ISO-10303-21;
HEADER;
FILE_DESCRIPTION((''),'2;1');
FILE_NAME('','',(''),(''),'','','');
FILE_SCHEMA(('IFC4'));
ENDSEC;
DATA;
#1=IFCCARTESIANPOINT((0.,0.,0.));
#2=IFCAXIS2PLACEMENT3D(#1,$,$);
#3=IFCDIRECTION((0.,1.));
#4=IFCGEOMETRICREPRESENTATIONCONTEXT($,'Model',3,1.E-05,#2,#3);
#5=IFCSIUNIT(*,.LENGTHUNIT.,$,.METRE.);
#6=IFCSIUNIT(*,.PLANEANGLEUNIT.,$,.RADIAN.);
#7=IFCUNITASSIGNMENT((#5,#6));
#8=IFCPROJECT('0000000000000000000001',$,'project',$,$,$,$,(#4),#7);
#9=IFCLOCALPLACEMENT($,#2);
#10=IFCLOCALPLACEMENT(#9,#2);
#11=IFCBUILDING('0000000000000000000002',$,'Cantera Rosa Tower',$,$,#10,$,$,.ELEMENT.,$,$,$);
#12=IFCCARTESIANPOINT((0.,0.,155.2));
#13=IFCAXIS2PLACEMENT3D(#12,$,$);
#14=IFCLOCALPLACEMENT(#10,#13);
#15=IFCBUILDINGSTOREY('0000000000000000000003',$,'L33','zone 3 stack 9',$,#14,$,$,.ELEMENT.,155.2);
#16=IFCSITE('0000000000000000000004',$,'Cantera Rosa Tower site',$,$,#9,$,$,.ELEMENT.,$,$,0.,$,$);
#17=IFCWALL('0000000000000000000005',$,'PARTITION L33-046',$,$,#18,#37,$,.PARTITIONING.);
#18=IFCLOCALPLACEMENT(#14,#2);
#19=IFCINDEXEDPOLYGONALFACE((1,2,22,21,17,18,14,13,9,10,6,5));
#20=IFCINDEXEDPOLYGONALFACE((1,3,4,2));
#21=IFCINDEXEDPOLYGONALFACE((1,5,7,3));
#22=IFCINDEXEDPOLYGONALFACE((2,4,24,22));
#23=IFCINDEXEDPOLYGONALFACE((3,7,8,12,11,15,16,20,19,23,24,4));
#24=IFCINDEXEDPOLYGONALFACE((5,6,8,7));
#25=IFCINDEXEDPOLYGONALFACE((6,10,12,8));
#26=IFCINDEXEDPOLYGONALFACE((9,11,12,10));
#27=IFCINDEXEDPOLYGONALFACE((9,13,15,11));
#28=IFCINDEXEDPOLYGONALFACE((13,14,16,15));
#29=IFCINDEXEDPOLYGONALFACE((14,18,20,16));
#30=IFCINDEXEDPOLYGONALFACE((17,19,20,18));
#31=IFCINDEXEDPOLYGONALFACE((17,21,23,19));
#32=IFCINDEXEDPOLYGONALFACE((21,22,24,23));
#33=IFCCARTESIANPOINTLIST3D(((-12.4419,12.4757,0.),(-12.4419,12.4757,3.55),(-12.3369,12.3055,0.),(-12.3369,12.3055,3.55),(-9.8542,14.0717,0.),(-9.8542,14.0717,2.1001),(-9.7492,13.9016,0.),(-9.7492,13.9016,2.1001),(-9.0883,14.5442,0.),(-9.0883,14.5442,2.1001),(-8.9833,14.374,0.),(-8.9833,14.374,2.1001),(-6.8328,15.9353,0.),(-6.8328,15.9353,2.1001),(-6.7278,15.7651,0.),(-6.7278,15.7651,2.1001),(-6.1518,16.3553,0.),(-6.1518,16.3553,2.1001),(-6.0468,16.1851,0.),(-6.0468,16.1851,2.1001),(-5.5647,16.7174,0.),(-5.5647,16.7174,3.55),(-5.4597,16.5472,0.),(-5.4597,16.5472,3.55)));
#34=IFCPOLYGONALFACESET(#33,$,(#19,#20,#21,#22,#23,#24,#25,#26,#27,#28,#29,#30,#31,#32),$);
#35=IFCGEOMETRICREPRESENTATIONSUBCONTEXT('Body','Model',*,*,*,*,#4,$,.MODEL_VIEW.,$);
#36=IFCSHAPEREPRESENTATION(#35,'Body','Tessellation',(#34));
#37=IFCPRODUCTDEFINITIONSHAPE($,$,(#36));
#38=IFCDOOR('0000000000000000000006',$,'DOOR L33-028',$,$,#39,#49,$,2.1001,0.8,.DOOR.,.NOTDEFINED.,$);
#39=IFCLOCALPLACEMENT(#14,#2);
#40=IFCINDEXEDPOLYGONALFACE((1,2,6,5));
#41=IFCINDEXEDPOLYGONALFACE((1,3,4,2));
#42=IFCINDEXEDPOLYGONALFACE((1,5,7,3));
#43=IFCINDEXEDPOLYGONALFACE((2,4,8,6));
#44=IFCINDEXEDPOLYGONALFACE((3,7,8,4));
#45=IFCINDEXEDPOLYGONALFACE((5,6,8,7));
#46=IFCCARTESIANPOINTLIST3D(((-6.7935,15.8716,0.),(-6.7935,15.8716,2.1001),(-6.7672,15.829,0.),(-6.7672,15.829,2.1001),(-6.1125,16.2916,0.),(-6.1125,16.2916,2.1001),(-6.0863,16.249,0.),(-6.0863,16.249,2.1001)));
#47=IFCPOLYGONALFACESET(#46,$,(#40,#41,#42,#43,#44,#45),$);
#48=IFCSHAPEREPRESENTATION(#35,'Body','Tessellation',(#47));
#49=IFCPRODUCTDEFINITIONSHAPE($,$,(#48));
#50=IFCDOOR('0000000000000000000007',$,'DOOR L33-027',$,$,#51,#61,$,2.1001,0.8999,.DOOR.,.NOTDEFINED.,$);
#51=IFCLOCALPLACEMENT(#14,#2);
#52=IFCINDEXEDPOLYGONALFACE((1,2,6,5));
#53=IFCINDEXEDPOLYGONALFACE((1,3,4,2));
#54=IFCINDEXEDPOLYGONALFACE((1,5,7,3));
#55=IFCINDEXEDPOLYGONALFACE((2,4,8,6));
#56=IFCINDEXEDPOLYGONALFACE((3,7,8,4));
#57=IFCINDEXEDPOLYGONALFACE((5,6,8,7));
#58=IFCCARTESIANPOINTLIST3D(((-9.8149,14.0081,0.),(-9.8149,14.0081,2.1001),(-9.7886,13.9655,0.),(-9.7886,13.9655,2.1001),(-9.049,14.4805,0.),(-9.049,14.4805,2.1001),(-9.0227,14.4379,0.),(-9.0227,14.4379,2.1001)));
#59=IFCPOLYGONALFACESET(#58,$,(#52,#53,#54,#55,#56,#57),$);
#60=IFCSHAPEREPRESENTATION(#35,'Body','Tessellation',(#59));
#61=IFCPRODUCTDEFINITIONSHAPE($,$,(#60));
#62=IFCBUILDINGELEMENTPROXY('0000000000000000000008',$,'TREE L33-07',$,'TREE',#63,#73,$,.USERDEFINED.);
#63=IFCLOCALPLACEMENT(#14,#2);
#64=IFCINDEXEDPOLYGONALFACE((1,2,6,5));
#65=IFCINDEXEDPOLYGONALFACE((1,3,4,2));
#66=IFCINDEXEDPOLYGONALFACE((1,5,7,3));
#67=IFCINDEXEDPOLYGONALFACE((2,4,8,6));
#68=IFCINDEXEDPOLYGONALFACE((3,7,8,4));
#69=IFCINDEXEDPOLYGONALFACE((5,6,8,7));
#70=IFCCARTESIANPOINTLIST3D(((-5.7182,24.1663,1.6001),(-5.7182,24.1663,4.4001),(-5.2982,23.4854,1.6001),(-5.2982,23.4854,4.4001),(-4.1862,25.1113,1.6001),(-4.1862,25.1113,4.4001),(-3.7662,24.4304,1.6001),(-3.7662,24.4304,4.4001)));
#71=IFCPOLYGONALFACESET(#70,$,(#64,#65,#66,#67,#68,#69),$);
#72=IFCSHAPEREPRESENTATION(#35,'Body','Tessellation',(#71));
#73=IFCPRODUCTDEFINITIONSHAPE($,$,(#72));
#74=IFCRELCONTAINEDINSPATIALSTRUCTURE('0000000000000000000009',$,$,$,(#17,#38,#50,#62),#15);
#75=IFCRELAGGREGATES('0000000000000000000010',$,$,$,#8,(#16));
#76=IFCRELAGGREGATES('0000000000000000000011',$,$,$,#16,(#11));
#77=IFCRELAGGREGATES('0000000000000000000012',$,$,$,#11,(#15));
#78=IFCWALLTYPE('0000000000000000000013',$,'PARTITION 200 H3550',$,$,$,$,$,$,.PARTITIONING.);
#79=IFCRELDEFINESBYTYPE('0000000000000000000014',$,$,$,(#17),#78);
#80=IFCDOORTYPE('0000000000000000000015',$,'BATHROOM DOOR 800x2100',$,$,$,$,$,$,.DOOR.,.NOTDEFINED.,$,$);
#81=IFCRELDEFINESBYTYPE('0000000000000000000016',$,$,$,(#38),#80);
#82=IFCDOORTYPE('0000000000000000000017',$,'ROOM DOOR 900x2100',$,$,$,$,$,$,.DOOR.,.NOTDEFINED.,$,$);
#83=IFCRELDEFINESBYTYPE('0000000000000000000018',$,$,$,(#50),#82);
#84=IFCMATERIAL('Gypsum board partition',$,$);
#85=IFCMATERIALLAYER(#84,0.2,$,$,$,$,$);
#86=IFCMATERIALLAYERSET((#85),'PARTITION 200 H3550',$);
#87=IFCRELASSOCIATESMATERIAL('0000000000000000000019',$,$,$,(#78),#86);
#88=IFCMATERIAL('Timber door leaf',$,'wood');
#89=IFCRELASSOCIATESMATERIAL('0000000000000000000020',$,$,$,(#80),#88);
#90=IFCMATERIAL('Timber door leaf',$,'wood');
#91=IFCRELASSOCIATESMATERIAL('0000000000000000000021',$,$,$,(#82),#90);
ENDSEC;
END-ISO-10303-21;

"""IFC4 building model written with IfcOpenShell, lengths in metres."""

from ifc_helpers import new_model, si_unit, direction, frame, frame_2d, origin, origin_2d, place, context, subcontext, project, spatial, rectangle, extrude, material, layer, layer_set, type_object, element, fill, save


model = new_model("IFC4")

# Units and contexts
model_context = context("Model", 3, precision=1e-05, world=origin(), true_north=direction((0.0, 1.0)))
body_context = subcontext(model_context, "Body", "Model", "MODEL_VIEW")
ifc_project = project(units=[si_unit("LENGTHUNIT", "METRE"), si_unit("PLANEANGLEUNIT", "RADIAN")], contexts=[model_context])

# Site, building, storey
site_placement = place(None, origin())
site = spatial("IfcSite", under=ifc_project, at=site_placement, Name="Cantera Rosa Tower site", CompositionType="ELEMENT", RefElevation=0.0)
building_placement = place(site_placement, origin())
building = spatial("IfcBuilding", under=site, at=building_placement, Name="Cantera Rosa Tower", CompositionType="ELEMENT")
storey_placement = place(building_placement, frame((0.0, 0.0, 155.2)))
storey = spatial("IfcBuildingStorey", under=building, at=storey_placement, Name="L33", Description="zone 3 stack 9", CompositionType="ELEMENT", Elevation=155.2)

# Shared definitions
ifc_material_1 = material(Name="Gypsum board partition")
ifc_layer_1 = layer(ifc_material_1, 0.2)
ifc_layer_set_1 = layer_set([ifc_layer_1], Name="PARTITION 200 H3550")
wall_type_1 = type_object("IfcWallType", Name="PARTITION 200 H3550", PredefinedType="PARTITIONING", material=ifc_layer_set_1)

# Wall, openings, doors
wall_1_placement = place(storey_placement, frame((-5.5122, 16.6323, 0.0), z_axis=(0.0, 0.0, 1.0), x_axis=(-0.851129, -0.524957, 0.0)))
wall_1 = element("IfcWall", 1, at=wall_1_placement, inside=storey, type_object=wall_type_1, Name="PARTITION L33-046", PredefinedType="PARTITIONING", context=body_context, shape_type="SweptSolid", body=[
    extrude(rectangle(XDim=8.0801, YDim=0.2, at=frame_2d((4.04, 0.0))), origin(), (0.0, 0.0, 1.0), 3.55),
])
opening_1_placement = place(wall_1_placement, frame((4.1399, 0.0, 0.0)))
opening_1 = element("IfcOpeningElement", 2, at=opening_1_placement, cuts=wall_1, PredefinedType="OPENING", context=body_context, shape_type="SweptSolid", body=[
    extrude(rectangle(XDim=0.8999, YDim=2.1001, at=frame_2d((0.45, 1.05))), frame((0.0, 0.1099, 0.0), z_axis=(0.0, -1.0, 0.0), x_axis=(1.0, 0.0, 0.0)), (0.0, 0.0, 1.0), 0.22),
])
opening_2_placement = place(wall_1_placement, frame((0.6899, 0.0, 0.0)))
opening_2 = element("IfcOpeningElement", 3, at=opening_2_placement, cuts=wall_1, PredefinedType="OPENING", context=body_context, shape_type="SweptSolid", body=[
    extrude(rectangle(XDim=0.8, YDim=2.1001, at=frame_2d((0.3999, 1.05))), frame((0.0, 0.1099, 0.0), z_axis=(0.0, -1.0, 0.0), x_axis=(1.0, 0.0, 0.0)), (0.0, 0.0, 1.0), 0.22),
])
ifc_material_2 = material(Name="Timber door leaf", Category="wood")
door_type_1 = type_object("IfcDoorType", Name="BATHROOM DOOR 800x2100", OperationType="NOTDEFINED", PredefinedType="DOOR", material=ifc_material_2)
door_1_placement = place(opening_2_placement, origin())
door_1 = element("IfcDoor", 4, at=door_1_placement, inside=storey, type_object=door_type_1, Name="DOOR L33-028", OperationType="NOTDEFINED", OverallHeight=2.1001, OverallWidth=0.8, PredefinedType="DOOR", context=body_context, shape_type="SweptSolid", body=[
    extrude(rectangle(XDim=0.8, YDim=2.1001, at=frame_2d((0.3999, 1.05))), frame((0.0, 0.0249, 0.0), z_axis=(0.0, -1.0, 0.0), x_axis=(1.0, 0.0, 0.0)), (0.0, 0.0, 1.0), 0.05),
])
fill(opening_2, door_1)
ifc_material_3 = material(Name="Timber door leaf", Category="wood")
door_type_2 = type_object("IfcDoorType", Name="ROOM DOOR 900x2100", OperationType="NOTDEFINED", PredefinedType="DOOR", material=ifc_material_3)
door_2_placement = place(opening_1_placement, origin())
door_2 = element("IfcDoor", 5, at=door_2_placement, inside=storey, type_object=door_type_2, Name="DOOR L33-027", OperationType="NOTDEFINED", OverallHeight=2.1001, OverallWidth=0.8999, PredefinedType="DOOR", context=body_context, shape_type="SweptSolid", body=[
    extrude(rectangle(XDim=0.8999, YDim=2.1001, at=frame_2d((0.45, 1.05))), frame((0.0, 0.0249, 0.0), z_axis=(0.0, -1.0, 0.0), x_axis=(1.0, 0.0, 0.0)), (0.0, 0.0, 1.0), 0.05),
])
fill(opening_1, door_2)

# Building element proxy
proxy_placement = place(storey_placement, frame((-4.7422, 24.2983, 1.6001), z_axis=(0.0, 0.0, 1.0), x_axis=(-0.851117, -0.524977, 0.0)))
element("IfcBuildingElementProxy", 6, at=proxy_placement, inside=storey, Name="TREE L33-07", ObjectType="TREE", PredefinedType="USERDEFINED", context=body_context, shape_type="SweptSolid", body=[
    extrude(rectangle(XDim=1.8, YDim=0.8, at=origin_2d()), origin(), (0.0, 0.0, 1.0), 2.8),
])

save(model, "model.ifc")
